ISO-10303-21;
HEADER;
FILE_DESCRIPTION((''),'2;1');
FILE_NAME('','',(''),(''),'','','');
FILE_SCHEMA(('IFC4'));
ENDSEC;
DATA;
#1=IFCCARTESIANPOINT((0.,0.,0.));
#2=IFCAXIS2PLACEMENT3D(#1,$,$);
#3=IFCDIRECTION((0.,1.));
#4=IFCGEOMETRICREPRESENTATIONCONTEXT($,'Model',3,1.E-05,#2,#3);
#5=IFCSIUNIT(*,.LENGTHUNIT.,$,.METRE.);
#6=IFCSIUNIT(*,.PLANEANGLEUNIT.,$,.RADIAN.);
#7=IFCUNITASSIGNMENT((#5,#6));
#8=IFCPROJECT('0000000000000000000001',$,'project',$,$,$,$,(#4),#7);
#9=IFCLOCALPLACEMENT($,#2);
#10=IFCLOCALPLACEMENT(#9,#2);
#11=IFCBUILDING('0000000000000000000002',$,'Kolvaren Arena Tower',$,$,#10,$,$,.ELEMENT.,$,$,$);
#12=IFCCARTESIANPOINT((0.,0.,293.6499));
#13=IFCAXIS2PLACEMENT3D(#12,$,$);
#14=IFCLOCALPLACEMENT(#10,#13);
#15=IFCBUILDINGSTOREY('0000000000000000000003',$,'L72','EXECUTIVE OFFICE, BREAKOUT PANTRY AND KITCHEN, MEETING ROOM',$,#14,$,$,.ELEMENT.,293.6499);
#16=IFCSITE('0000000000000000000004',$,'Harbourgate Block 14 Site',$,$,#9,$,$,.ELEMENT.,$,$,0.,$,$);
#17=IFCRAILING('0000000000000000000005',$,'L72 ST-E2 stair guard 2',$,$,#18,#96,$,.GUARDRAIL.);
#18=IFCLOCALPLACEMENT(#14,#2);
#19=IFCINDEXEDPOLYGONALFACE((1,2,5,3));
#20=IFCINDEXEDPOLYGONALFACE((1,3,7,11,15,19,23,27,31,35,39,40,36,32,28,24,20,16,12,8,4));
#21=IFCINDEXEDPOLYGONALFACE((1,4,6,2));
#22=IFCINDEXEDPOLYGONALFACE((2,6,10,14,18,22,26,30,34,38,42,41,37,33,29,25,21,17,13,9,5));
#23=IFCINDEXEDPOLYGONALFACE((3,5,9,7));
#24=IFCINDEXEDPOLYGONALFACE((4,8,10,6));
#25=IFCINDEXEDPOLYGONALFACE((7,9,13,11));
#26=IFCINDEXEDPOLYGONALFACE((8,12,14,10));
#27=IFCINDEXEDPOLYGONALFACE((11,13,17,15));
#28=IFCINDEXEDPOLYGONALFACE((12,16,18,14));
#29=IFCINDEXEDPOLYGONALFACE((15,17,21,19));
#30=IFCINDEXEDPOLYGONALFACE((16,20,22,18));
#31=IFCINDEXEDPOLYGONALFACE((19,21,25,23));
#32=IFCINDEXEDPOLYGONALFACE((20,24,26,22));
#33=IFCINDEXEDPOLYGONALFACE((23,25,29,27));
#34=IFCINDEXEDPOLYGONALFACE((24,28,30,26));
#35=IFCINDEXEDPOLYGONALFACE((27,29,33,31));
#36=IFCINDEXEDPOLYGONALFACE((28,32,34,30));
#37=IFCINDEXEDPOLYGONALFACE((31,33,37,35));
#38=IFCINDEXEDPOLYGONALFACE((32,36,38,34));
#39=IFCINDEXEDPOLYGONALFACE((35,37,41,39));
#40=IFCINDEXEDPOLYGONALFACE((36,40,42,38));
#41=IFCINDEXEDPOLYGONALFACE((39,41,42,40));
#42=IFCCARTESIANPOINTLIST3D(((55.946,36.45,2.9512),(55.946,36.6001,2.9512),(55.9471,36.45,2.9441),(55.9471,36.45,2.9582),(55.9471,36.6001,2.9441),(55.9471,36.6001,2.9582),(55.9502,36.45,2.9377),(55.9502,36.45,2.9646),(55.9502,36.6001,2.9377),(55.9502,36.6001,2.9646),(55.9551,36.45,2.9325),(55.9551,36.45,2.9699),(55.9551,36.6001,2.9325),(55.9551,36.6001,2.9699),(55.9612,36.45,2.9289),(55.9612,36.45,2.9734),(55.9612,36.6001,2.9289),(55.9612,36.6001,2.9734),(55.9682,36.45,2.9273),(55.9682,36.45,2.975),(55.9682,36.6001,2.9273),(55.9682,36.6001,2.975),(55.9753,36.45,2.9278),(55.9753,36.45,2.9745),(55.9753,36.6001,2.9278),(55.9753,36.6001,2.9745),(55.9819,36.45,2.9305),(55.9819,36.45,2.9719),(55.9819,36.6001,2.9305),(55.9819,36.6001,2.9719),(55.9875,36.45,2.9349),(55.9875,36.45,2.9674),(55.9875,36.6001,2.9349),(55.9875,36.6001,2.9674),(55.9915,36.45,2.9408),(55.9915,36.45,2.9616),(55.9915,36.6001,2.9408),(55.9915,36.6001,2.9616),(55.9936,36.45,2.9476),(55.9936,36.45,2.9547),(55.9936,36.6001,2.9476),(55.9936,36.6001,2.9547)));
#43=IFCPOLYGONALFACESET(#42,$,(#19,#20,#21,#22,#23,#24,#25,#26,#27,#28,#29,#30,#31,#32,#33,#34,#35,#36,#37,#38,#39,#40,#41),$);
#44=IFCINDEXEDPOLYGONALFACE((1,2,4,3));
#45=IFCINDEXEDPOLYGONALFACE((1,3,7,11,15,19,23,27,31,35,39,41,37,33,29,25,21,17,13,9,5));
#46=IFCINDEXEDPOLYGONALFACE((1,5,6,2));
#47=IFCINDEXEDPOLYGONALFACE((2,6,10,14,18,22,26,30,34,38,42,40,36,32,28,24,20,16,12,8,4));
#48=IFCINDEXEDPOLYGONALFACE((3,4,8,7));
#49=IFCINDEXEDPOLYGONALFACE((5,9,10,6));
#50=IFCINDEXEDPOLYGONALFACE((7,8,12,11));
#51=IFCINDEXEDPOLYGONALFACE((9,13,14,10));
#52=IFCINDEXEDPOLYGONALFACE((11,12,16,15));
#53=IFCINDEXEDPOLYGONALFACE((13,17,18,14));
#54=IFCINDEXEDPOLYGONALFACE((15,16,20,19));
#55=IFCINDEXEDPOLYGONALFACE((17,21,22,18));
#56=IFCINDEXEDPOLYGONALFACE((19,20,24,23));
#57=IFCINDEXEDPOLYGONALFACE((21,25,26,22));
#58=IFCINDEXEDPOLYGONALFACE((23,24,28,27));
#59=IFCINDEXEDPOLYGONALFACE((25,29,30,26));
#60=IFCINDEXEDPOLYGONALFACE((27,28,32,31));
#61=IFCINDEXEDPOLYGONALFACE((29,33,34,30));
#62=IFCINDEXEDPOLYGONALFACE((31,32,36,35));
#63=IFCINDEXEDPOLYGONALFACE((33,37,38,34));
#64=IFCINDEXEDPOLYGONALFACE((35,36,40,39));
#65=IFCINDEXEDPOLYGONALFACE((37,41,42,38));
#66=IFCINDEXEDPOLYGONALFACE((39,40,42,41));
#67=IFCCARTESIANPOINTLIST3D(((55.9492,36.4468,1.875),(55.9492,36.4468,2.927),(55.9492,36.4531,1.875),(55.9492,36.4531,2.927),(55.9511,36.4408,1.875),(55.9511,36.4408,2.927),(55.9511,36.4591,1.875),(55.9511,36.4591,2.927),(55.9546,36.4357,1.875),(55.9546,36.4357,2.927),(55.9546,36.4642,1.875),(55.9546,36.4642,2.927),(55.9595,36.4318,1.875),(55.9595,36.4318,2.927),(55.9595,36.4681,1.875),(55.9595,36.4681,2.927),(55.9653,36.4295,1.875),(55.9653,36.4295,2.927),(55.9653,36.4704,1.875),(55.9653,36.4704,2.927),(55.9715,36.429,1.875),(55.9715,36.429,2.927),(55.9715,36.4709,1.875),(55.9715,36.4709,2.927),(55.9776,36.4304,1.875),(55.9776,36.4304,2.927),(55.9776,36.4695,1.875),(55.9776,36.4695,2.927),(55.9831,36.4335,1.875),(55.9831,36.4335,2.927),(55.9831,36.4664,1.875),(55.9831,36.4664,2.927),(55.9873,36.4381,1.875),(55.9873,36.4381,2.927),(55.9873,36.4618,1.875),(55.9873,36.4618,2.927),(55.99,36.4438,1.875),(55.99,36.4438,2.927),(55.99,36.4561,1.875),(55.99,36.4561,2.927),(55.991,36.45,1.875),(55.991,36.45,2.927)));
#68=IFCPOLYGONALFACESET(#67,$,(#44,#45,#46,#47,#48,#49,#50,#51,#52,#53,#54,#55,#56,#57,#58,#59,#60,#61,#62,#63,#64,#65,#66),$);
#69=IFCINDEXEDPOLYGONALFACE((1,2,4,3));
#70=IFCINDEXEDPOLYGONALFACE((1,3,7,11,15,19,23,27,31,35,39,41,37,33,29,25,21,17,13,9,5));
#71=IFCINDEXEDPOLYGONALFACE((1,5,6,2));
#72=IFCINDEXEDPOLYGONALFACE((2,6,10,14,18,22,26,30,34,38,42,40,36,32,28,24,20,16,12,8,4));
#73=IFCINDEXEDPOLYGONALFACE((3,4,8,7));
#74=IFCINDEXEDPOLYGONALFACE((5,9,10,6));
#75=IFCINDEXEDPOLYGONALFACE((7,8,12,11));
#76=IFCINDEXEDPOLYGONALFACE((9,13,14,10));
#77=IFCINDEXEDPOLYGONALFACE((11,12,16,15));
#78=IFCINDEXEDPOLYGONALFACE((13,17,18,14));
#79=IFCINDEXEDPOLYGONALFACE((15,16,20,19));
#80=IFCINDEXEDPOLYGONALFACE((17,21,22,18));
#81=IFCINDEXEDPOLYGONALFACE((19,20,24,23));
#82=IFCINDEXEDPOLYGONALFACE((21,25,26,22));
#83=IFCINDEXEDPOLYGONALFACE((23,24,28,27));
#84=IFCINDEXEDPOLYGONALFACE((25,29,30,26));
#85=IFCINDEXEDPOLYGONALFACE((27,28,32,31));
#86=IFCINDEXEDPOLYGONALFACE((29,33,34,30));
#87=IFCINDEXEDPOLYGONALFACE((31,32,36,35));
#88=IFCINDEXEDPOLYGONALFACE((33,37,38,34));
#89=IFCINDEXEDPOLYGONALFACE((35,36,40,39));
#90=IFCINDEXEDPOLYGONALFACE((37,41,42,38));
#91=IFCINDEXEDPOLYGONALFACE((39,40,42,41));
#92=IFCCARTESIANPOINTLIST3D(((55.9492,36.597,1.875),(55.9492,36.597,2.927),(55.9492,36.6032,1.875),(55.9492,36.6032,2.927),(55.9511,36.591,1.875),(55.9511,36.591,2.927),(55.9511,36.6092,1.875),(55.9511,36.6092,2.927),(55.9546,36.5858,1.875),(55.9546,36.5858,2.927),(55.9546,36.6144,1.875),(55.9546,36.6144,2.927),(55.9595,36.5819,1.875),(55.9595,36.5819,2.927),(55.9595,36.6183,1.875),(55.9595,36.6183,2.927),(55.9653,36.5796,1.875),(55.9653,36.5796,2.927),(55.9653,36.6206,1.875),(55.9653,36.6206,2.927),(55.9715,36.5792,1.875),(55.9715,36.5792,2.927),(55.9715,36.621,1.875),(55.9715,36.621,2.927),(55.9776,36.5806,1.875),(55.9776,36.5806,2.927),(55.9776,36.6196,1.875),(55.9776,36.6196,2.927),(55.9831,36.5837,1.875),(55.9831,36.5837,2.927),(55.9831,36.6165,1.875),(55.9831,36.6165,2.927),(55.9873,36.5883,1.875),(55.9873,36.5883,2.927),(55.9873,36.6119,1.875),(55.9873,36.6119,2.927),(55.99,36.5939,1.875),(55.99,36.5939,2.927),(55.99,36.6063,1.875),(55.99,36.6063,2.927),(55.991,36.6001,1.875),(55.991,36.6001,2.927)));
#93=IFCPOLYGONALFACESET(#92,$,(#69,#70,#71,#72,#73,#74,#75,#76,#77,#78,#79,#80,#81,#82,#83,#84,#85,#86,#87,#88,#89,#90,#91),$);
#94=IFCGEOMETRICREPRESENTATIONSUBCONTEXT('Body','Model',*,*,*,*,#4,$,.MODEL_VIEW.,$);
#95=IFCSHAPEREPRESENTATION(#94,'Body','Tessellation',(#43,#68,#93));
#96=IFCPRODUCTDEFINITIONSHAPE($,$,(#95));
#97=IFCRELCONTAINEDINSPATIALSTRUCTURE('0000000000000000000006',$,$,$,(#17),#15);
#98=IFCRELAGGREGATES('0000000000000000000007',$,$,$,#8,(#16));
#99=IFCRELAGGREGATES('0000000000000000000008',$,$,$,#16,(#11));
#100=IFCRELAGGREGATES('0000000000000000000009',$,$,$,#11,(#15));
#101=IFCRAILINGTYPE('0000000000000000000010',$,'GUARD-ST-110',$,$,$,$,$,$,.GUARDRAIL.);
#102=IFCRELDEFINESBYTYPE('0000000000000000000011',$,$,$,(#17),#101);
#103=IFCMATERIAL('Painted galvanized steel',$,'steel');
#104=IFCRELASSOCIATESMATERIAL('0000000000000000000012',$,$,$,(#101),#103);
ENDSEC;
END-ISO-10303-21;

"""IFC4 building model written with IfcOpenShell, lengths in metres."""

from ifc_helpers import new_model, si_unit, direction, frame, origin, origin_2d, place, context, subcontext, project, spatial, circle, extrude, material, type_object, element, save


model = new_model("IFC4")

# Units and contexts
model_context = context("Model", 3, precision=1e-05, world=origin(), true_north=direction((0.0, 1.0)))
body_context = subcontext(model_context, "Body", "Model", "MODEL_VIEW")
ifc_project = project(units=[si_unit("LENGTHUNIT", "METRE"), si_unit("PLANEANGLEUNIT", "RADIAN")], contexts=[model_context])

# Site, building, storey
site_placement = place(None, origin())
site = spatial("IfcSite", under=ifc_project, at=site_placement, Name="Harbourgate Block 14 Site", CompositionType="ELEMENT", RefElevation=0.0)
building_placement = place(site_placement, origin())
building = spatial("IfcBuilding", under=site, at=building_placement, Name="Kolvaren Arena Tower", CompositionType="ELEMENT")
storey_placement = place(building_placement, frame((0.0, 0.0, 293.6499)))
storey = spatial("IfcBuildingStorey", under=building, at=storey_placement, Name="L72", Description="EXECUTIVE OFFICE, BREAKOUT PANTRY AND KITCHEN, MEETING ROOM", CompositionType="ELEMENT", Elevation=293.6499)

# Railing
ifc_material_1 = material(Name="Painted galvanized steel", Category="steel")
railing_type_1 = type_object("IfcRailingType", Name="GUARD-ST-110", PredefinedType="GUARDRAIL", material=ifc_material_1)
railing_1_placement = place(storey_placement, frame((55.97, 36.45, 1.875)))
element("IfcRailing", 1, at=railing_1_placement, inside=storey, type_object=railing_type_1, Name="L72 ST-E2 stair guard 2", PredefinedType="GUARDRAIL", context=body_context, shape_type="SweptSolid", body=[
    extrude(circle(Radius=0.0239, at=origin_2d()), frame((0.0, 0.0, 1.0762), z_axis=(0.0, 1.0, 0.0), x_axis=(-1.0, 0.0, 0.0)), (0.0, 0.0, 1.0), 0.1501),
    extrude(circle(Radius=0.021, at=origin_2d()), origin(), (0.0, 0.0, 1.0), 1.052),
    extrude(circle(Radius=0.021, at=origin_2d()), frame((0.0, 0.1501, 0.0)), (0.0, 0.0, 1.0), 1.052),
])

save(model, "model.ifc")
